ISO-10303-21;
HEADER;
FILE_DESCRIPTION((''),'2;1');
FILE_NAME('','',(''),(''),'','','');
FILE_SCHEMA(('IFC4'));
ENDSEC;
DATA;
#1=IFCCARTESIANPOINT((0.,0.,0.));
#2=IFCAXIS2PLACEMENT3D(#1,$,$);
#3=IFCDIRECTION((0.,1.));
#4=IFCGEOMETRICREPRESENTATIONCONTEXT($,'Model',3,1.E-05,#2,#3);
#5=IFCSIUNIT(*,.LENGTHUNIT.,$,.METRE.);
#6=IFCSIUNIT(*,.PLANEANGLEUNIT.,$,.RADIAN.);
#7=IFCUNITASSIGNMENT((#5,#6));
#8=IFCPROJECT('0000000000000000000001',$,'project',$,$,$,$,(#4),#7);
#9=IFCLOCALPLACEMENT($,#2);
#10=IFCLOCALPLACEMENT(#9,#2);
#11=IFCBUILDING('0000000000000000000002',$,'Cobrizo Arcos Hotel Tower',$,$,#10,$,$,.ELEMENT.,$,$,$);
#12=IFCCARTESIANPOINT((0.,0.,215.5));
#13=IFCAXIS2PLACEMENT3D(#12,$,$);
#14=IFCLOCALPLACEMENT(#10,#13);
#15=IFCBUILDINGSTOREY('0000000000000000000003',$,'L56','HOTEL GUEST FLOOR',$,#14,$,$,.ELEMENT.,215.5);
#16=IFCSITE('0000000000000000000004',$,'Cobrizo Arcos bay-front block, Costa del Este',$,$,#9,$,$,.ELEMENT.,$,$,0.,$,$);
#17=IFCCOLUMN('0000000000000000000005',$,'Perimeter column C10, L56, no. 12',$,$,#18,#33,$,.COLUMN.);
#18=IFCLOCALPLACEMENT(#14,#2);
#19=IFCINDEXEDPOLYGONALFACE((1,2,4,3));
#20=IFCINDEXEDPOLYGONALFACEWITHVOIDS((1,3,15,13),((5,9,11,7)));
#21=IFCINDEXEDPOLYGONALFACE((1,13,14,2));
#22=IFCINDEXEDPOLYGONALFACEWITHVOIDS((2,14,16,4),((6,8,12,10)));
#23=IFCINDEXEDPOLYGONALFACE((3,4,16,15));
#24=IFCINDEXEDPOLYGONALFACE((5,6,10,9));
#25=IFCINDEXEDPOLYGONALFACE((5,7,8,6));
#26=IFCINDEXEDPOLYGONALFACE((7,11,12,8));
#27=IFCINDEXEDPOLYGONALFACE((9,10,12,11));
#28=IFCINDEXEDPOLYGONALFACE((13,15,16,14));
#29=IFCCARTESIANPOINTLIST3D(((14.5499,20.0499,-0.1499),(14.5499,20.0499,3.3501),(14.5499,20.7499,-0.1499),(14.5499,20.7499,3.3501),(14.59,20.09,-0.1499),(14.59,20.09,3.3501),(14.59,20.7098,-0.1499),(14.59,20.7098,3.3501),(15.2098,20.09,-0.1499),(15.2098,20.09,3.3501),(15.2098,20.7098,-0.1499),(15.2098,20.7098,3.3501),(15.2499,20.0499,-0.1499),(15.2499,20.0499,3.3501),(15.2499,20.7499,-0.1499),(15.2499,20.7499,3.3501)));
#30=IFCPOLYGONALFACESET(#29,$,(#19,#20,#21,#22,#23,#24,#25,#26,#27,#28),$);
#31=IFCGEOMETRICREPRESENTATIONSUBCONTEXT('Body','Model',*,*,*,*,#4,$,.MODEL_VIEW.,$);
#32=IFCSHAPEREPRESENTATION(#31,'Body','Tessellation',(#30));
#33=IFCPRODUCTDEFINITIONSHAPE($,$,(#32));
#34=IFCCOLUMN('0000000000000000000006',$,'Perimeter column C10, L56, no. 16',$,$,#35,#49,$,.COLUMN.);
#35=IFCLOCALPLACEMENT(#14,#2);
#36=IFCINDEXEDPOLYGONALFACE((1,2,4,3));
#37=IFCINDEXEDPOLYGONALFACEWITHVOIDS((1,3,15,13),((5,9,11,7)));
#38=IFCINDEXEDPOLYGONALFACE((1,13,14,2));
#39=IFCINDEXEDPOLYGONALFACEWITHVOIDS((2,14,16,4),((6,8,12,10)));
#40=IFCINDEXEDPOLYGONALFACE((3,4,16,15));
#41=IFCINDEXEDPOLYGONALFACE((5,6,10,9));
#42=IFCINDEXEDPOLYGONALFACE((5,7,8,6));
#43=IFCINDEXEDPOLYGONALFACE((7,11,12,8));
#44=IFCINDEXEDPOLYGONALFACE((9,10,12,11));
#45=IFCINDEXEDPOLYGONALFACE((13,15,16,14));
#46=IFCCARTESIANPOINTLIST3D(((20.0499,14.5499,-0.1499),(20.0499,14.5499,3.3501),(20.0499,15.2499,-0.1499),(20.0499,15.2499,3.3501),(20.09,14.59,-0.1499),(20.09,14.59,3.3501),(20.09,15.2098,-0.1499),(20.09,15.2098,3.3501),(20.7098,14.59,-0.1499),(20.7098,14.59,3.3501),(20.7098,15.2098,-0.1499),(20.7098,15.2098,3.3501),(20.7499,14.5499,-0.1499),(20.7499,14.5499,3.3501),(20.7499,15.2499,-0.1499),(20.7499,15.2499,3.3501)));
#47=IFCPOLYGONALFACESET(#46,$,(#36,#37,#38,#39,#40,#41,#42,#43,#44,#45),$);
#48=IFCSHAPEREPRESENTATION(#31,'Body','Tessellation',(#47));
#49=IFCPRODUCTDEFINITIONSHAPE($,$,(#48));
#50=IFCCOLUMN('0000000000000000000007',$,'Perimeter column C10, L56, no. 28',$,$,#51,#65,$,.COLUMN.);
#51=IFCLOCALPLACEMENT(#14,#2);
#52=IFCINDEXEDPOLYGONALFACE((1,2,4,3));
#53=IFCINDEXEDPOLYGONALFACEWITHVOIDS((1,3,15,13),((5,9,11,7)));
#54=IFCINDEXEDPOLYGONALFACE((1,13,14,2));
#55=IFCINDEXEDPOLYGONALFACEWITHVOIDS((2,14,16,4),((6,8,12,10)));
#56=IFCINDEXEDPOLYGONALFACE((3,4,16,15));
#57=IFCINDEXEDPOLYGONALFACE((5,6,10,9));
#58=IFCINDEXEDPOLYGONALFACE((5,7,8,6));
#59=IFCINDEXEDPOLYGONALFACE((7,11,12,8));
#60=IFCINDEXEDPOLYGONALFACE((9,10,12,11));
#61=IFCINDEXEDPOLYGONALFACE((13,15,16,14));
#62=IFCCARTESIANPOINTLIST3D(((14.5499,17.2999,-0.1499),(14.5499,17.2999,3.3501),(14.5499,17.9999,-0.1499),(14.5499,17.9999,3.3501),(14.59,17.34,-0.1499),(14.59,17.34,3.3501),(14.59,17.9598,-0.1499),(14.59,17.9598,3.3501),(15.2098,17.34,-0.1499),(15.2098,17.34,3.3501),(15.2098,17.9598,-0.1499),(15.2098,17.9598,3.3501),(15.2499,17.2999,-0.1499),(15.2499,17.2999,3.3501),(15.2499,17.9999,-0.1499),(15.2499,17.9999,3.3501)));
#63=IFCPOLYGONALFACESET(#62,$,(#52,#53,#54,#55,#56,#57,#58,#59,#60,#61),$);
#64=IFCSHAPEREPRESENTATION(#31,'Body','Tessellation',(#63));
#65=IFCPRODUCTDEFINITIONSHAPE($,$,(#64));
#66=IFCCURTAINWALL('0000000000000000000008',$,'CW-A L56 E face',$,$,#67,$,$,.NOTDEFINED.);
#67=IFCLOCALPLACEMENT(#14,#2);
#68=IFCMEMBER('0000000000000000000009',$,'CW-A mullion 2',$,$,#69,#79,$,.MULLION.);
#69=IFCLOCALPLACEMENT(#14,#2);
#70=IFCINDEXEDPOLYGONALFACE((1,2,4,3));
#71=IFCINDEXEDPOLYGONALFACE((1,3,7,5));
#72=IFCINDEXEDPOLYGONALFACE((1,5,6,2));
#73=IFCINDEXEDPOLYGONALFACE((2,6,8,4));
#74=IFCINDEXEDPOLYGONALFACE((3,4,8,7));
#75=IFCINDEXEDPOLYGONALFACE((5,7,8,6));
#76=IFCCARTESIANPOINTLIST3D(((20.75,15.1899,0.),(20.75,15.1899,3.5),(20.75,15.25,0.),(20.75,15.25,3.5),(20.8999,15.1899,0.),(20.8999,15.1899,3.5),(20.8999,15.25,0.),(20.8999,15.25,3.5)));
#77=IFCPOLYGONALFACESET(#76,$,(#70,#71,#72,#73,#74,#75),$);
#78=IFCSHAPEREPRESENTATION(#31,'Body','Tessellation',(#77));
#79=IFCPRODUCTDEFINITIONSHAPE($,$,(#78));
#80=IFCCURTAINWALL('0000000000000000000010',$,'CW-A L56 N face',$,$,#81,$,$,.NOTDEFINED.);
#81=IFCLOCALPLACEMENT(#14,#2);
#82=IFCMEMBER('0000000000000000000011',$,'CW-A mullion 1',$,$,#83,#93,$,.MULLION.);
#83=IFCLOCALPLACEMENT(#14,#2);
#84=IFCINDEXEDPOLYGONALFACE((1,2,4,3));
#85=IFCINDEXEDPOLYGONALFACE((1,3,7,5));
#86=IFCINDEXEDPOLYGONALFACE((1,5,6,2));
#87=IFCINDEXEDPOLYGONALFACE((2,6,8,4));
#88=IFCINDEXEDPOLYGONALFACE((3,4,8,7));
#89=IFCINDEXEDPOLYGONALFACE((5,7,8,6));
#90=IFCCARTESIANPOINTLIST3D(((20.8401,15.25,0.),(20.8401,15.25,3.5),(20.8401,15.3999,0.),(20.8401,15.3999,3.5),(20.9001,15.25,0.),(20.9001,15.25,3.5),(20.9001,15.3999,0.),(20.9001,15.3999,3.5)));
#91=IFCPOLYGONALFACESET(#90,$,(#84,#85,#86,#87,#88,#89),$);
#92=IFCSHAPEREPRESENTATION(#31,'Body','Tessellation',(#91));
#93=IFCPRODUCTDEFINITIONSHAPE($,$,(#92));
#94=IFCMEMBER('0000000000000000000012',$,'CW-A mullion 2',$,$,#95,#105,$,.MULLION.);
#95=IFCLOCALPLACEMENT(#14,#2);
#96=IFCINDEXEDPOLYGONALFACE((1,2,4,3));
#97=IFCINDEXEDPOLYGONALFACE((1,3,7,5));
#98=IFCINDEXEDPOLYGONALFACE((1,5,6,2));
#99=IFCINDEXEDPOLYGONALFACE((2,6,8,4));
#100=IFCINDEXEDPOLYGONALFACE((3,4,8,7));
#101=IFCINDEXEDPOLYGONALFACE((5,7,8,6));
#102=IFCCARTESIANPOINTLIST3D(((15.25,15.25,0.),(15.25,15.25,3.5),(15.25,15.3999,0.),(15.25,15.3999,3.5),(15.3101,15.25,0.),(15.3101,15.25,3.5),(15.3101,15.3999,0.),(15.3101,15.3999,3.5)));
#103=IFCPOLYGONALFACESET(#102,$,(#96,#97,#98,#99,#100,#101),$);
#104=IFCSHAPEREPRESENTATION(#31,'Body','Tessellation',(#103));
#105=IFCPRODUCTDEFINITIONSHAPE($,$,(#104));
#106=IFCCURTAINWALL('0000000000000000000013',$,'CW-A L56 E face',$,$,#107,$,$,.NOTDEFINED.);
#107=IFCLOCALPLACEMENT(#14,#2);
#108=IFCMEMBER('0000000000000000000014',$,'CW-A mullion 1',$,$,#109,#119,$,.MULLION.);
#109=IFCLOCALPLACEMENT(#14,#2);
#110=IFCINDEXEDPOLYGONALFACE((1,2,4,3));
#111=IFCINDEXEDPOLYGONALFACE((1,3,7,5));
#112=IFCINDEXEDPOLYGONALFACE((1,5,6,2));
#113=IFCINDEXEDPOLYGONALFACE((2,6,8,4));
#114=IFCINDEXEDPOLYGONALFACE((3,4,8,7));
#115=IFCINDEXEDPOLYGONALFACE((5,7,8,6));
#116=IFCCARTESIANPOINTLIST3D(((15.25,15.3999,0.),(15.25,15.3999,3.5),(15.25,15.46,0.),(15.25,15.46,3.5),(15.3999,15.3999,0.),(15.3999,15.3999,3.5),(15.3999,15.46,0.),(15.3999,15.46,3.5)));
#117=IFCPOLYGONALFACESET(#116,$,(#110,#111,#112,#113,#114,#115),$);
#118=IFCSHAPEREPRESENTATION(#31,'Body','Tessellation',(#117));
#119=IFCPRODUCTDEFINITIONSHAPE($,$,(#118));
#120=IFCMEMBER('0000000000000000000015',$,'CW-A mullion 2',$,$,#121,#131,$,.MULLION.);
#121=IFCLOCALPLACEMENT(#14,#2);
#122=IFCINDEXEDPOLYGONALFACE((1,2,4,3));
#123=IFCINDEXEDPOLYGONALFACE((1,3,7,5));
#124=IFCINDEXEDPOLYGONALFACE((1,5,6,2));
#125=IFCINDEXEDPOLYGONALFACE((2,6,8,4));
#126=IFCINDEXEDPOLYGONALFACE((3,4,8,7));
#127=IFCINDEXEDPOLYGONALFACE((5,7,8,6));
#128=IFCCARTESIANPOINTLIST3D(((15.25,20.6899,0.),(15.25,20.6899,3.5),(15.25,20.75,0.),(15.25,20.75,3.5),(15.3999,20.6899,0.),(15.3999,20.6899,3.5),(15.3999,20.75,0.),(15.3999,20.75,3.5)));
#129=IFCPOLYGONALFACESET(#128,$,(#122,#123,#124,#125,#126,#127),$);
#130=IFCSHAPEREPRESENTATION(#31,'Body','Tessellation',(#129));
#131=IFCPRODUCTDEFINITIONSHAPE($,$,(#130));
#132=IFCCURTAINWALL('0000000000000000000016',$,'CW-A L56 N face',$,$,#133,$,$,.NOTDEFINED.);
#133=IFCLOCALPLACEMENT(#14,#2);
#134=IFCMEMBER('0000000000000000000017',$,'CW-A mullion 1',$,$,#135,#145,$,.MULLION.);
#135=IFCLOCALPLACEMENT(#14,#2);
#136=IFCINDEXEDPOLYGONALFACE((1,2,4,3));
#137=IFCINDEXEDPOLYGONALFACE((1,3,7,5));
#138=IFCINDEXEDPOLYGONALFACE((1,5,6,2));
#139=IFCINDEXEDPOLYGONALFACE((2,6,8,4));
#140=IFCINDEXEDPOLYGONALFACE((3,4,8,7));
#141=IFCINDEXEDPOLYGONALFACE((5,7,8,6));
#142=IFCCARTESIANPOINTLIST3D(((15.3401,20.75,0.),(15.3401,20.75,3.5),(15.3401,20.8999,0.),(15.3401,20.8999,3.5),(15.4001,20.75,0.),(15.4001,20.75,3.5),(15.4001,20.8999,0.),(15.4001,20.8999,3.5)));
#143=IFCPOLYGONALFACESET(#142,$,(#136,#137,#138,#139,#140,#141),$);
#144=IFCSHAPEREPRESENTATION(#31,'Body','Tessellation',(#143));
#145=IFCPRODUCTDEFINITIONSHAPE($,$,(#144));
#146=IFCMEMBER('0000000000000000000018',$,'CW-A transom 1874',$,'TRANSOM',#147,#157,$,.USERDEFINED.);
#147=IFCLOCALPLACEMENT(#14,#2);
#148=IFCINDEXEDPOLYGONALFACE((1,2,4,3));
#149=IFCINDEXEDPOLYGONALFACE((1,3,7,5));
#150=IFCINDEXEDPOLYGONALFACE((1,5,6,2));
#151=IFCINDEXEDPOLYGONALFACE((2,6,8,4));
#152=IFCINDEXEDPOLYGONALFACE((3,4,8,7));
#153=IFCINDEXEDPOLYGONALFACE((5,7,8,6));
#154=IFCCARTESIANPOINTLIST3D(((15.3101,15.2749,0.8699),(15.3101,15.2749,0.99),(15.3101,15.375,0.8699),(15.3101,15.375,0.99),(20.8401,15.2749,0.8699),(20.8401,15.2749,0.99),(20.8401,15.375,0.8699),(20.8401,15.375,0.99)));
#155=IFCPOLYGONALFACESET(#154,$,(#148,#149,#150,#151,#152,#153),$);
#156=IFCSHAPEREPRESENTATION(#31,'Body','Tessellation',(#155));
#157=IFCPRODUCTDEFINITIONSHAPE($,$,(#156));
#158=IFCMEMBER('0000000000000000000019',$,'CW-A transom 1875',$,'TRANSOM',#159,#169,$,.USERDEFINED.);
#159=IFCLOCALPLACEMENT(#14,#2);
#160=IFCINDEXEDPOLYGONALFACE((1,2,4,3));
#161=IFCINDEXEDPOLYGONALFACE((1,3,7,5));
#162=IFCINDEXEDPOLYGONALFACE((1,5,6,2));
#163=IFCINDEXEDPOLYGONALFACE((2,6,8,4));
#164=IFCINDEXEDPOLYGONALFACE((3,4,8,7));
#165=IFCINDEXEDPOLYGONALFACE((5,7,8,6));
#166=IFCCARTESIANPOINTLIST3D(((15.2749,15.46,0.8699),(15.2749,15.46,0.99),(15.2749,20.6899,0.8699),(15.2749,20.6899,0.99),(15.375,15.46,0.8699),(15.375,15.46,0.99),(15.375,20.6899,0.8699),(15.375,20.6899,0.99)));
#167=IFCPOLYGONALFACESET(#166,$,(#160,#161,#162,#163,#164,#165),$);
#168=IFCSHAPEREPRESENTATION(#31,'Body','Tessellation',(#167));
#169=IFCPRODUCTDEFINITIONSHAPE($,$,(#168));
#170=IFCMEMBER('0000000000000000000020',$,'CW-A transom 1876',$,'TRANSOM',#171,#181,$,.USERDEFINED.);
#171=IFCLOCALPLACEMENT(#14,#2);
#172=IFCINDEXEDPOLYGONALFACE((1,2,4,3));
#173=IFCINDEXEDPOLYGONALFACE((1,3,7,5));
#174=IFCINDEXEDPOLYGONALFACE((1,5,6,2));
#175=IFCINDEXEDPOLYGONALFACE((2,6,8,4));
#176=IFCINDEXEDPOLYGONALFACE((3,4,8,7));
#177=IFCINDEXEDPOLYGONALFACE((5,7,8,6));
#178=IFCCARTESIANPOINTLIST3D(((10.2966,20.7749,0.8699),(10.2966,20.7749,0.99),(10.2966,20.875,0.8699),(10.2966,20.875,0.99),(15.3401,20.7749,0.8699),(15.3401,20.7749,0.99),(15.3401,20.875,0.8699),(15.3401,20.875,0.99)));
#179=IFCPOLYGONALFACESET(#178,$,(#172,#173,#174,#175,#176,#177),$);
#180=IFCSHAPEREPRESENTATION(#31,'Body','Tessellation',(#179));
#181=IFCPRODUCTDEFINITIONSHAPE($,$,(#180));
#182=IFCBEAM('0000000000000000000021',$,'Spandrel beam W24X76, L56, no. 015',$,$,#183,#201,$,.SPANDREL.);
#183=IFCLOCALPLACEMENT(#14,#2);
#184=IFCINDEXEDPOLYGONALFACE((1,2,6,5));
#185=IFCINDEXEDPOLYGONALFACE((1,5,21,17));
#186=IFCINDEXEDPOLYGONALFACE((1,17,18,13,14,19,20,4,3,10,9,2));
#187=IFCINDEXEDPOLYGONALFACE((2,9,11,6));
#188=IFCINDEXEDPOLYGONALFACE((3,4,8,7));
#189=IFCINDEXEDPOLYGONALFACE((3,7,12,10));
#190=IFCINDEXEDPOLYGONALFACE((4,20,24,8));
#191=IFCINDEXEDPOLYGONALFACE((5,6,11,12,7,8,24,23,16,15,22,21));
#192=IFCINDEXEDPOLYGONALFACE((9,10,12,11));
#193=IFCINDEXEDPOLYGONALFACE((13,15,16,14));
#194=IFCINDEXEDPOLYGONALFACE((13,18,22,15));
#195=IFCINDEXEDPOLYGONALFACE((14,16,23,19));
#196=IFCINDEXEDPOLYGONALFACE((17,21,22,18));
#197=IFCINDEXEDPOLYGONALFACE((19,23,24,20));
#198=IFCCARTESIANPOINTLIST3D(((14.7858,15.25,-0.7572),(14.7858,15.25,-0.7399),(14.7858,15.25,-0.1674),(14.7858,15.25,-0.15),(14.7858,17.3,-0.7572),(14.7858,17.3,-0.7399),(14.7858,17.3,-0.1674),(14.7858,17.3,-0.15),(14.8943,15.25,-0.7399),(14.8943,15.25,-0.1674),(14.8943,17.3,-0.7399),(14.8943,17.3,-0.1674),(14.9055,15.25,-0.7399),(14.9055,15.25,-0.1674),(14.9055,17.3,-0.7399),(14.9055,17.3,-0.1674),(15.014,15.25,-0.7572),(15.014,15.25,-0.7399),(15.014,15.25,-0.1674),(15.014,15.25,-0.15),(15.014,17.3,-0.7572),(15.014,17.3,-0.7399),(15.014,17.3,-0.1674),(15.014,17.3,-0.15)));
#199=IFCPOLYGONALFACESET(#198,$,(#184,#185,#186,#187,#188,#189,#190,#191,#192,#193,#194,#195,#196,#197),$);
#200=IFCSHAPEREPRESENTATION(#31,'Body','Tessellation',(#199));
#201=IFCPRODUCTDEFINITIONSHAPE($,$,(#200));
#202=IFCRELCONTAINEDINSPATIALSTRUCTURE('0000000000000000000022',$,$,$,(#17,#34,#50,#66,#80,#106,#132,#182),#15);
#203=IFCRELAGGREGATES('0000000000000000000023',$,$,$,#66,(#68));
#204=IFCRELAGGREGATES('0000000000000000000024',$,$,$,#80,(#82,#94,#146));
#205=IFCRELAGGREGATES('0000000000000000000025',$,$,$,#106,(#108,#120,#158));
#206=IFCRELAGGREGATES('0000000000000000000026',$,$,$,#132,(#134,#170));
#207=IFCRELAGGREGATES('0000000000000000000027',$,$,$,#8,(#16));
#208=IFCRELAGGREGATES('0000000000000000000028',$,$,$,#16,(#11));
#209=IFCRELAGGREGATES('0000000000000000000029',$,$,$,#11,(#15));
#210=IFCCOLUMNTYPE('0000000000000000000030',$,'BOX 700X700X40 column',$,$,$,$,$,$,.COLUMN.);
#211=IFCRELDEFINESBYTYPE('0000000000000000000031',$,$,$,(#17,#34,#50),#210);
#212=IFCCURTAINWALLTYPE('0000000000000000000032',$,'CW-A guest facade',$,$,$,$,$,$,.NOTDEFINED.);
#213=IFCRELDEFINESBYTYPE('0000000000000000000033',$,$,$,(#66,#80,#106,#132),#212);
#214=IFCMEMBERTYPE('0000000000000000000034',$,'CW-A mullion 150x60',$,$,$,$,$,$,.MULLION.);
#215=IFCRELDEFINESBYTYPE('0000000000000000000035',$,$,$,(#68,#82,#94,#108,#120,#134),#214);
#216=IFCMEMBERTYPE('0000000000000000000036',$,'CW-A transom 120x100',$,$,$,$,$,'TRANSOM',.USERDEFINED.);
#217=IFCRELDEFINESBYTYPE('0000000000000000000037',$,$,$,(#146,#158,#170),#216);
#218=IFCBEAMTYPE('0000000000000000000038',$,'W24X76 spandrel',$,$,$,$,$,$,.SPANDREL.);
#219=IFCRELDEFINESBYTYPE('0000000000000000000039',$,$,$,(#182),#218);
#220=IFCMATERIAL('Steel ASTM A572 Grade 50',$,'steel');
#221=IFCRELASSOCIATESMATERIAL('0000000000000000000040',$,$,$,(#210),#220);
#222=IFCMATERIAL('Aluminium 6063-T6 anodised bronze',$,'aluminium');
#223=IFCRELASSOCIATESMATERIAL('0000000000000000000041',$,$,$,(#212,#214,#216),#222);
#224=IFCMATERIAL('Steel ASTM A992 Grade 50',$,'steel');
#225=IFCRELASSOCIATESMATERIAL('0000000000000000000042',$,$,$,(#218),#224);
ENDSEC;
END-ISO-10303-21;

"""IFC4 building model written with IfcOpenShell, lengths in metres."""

from ifc_helpers import new_model, si_unit, direction, frame, origin, origin_2d, place, context, subcontext, project, spatial, rectangle, hollow_rectangle, i_section, extrude, material, material_profile, profile_set, type_object, element, aggregate, save


model = new_model("IFC4")

# Units and contexts
model_context = context("Model", 3, precision=1e-05, world=origin(), true_north=direction((0.0, 1.0)))
body_context = subcontext(model_context, "Body", "Model", "MODEL_VIEW")
ifc_project = project(units=[si_unit("LENGTHUNIT", "METRE"), si_unit("PLANEANGLEUNIT", "RADIAN")], contexts=[model_context])

# Site, building, storey
site_placement = place(None, origin())
site = spatial("IfcSite", under=ifc_project, at=site_placement, Name="Cobrizo Arcos bay-front block, Costa del Este", CompositionType="ELEMENT", RefElevation=0.0)
building_placement = place(site_placement, origin())
building = spatial("IfcBuilding", under=site, at=building_placement, Name="Cobrizo Arcos Hotel Tower", CompositionType="ELEMENT")
storey_placement = place(building_placement, frame((0.0, 0.0, 215.5)))
storey = spatial("IfcBuildingStorey", under=building, at=storey_placement, Name="L56", Description="HOTEL GUEST FLOOR", CompositionType="ELEMENT", Elevation=215.5)

# Columns
ifc_material_1 = material(Name="Steel ASTM A572 Grade 50", Category="steel")
ifc_material_profile_1 = material_profile(ifc_material_1, hollow_rectangle(XDim=0.7, YDim=0.7, WallThickness=0.04, at=origin_2d()), Name="BOX 700X700X40")
ifc_profile_set_1 = profile_set([ifc_material_profile_1], Name="Steel ASTM A572 Grade 50")
column_type = type_object("IfcColumnType", Name="BOX 700X700X40 column", PredefinedType="COLUMN", material=ifc_profile_set_1)
for number, where, z_axis, x_axis, name in (
    (1, (14.8999, 20.3999, -0.1499), (0.0, 0.0, 1.0), (1.0, 0.0, 0.0), "Perimeter column C10, L56, no. 12"),
    (2, (20.3999, 14.8999, -0.1499), (0.0, 0.0, 1.0), (1.0, 0.0, 0.0), "Perimeter column C10, L56, no. 16"),
    (3, (14.8999, 17.6499, -0.1499), (0.0, 0.0, 1.0), (1.0, 0.0, 0.0), "Perimeter column C10, L56, no. 28"),
):
    element("IfcColumn", number, at=place(storey_placement, frame(where, z_axis=z_axis, x_axis=x_axis)), inside=storey, type_object=column_type, Name=name, PredefinedType="COLUMN", context=body_context, shape_type="SweptSolid", body=[
        extrude(hollow_rectangle(XDim=0.7, YDim=0.7, WallThickness=0.04, at=origin_2d()), origin(), (0.0, 0.0, 1.0), 3.5),
    ])

# Curtain wall, member
ifc_material_2 = material(Name="Aluminium 6063-T6 anodised bronze", Category="aluminium")
curtain_wall_type = type_object("IfcCurtainWallType", Name="CW-A guest facade", PredefinedType="NOTDEFINED", material=ifc_material_2)
curtain_wall_1_placement = place(storey_placement, origin())
curtain_wall_1 = element("IfcCurtainWall", 4, at=curtain_wall_1_placement, inside=storey, type_object=curtain_wall_type, Name="CW-A L56 E face", PredefinedType="NOTDEFINED")
ifc_material_profile_2 = material_profile(ifc_material_2, rectangle(XDim=0.1499, YDim=0.0601, at=origin_2d()), Name="CW-A mullion 150x60")
ifc_profile_set_2 = profile_set([ifc_material_profile_2], Name="Aluminium 6063-T6 anodised bronze")
member_type_1 = type_object("IfcMemberType", Name="CW-A mullion 150x60", PredefinedType="MULLION", material=ifc_profile_set_2)
member_1_placement = place(storey_placement, frame((20.825, 15.22, 0.0), z_axis=(0.0, 0.0, 1.0), x_axis=(1.0, 0.0, 0.0)))
member_1 = element("IfcMember", 5, at=member_1_placement, type_object=member_type_1, Name="CW-A mullion 2", PredefinedType="MULLION", context=body_context, shape_type="SweptSolid", body=[
    extrude(rectangle(XDim=0.1499, YDim=0.0601, at=origin_2d()), origin(), (0.0, 0.0, 1.0), 3.5),
])
aggregate(curtain_wall_1, [member_1])

# Curtain walls, members
curtain_wall_2_placement = place(storey_placement, origin())
curtain_wall_2 = element("IfcCurtainWall", 6, at=curtain_wall_2_placement, inside=storey, type_object=curtain_wall_type, Name="CW-A L56 N face", PredefinedType="NOTDEFINED")
member_2_placement = place(storey_placement, frame((20.8701, 15.325, 0.0), z_axis=(0.0, 0.0, 1.0), x_axis=(0.0, 1.0, 0.0)))
member_2 = element("IfcMember", 7, at=member_2_placement, type_object=member_type_1, Name="CW-A mullion 1", PredefinedType="MULLION", context=body_context, shape_type="SweptSolid", body=[
    extrude(rectangle(XDim=0.1499, YDim=0.0601, at=origin_2d()), origin(), (0.0, 0.0, 1.0), 3.5),
])
member_3_placement = place(storey_placement, frame((15.28, 15.325, 0.0), z_axis=(0.0, 0.0, 1.0), x_axis=(0.0, 1.0, 0.0)))
member_3 = element("IfcMember", 8, at=member_3_placement, type_object=member_type_1, Name="CW-A mullion 2", PredefinedType="MULLION", context=body_context, shape_type="SweptSolid", body=[
    extrude(rectangle(XDim=0.1499, YDim=0.0601, at=origin_2d()), origin(), (0.0, 0.0, 1.0), 3.5),
])
curtain_wall_3_placement = place(storey_placement, origin())
curtain_wall_3 = element("IfcCurtainWall", 9, at=curtain_wall_3_placement, inside=storey, type_object=curtain_wall_type, Name="CW-A L56 E face", PredefinedType="NOTDEFINED")
member_4_placement = place(storey_placement, frame((15.325, 15.4299, 0.0), z_axis=(0.0, 0.0, 1.0), x_axis=(1.0, 0.0, 0.0)))
member_4 = element("IfcMember", 10, at=member_4_placement, type_object=member_type_1, Name="CW-A mullion 1", PredefinedType="MULLION", context=body_context, shape_type="SweptSolid", body=[
    extrude(rectangle(XDim=0.1499, YDim=0.0601, at=origin_2d()), origin(), (0.0, 0.0, 1.0), 3.5),
])
member_5_placement = place(storey_placement, frame((15.325, 20.72, 0.0), z_axis=(0.0, 0.0, 1.0), x_axis=(1.0, 0.0, 0.0)))
member_5 = element("IfcMember", 11, at=member_5_placement, type_object=member_type_1, Name="CW-A mullion 2", PredefinedType="MULLION", context=body_context, shape_type="SweptSolid", body=[
    extrude(rectangle(XDim=0.1499, YDim=0.0601, at=origin_2d()), origin(), (0.0, 0.0, 1.0), 3.5),
])

# Curtain wall, member
curtain_wall_4_placement = place(storey_placement, origin())
curtain_wall_4 = element("IfcCurtainWall", 12, at=curtain_wall_4_placement, inside=storey, type_object=curtain_wall_type, Name="CW-A L56 N face", PredefinedType="NOTDEFINED")
member_6_placement = place(storey_placement, frame((15.3701, 20.825, 0.0), z_axis=(0.0, 0.0, 1.0), x_axis=(0.0, 1.0, 0.0)))
member_6 = element("IfcMember", 13, at=member_6_placement, type_object=member_type_1, Name="CW-A mullion 1", PredefinedType="MULLION", context=body_context, shape_type="SweptSolid", body=[
    extrude(rectangle(XDim=0.1499, YDim=0.0601, at=origin_2d()), origin(), (0.0, 0.0, 1.0), 3.5),
])

# Members
ifc_material_profile_3 = material_profile(ifc_material_2, rectangle(XDim=0.1001, YDim=0.1201, at=origin_2d()), Name="CW-A transom 120x100")
ifc_profile_set_3 = profile_set([ifc_material_profile_3], Name="Aluminium 6063-T6 anodised bronze")
member_type_2 = type_object("IfcMemberType", Name="CW-A transom 120x100", ElementType="TRANSOM", PredefinedType="USERDEFINED", material=ifc_profile_set_3)
member_7_placement = place(storey_placement, frame((20.8401, 15.325, 0.9299), z_axis=(-1.0, 0.0, 0.0), x_axis=(0.0, -1.0, 0.0)))
member_7 = element("IfcMember", 14, at=member_7_placement, type_object=member_type_2, Name="CW-A transom 1874", ObjectType="TRANSOM", PredefinedType="USERDEFINED", context=body_context, shape_type="SweptSolid", body=[
    extrude(rectangle(XDim=0.1001, YDim=0.1201, at=origin_2d()), origin(), (0.0, 0.0, 1.0), 5.53),
])
member_8_placement = place(storey_placement, frame((15.325, 15.46, 0.9299), z_axis=(0.0, 1.0, 0.0), x_axis=(-1.0, 0.0, 0.0)))
member_8 = element("IfcMember", 15, at=member_8_placement, type_object=member_type_2, Name="CW-A transom 1875", ObjectType="TRANSOM", PredefinedType="USERDEFINED", context=body_context, shape_type="SweptSolid", body=[
    extrude(rectangle(XDim=0.1001, YDim=0.1201, at=origin_2d()), origin(), (0.0, 0.0, 1.0), 5.23),
])
member_9_placement = place(storey_placement, frame((15.3401, 20.825, 0.9299), z_axis=(-1.0, 0.0, 0.0), x_axis=(0.0, -1.0, 0.0)))
member_9 = element("IfcMember", 16, at=member_9_placement, type_object=member_type_2, Name="CW-A transom 1876", ObjectType="TRANSOM", PredefinedType="USERDEFINED", context=body_context, shape_type="SweptSolid", body=[
    extrude(rectangle(XDim=0.1001, YDim=0.1201, at=origin_2d()), origin(), (0.0, 0.0, 1.0), 5.0435),
])

# Beam
ifc_material_3 = material(Name="Steel ASTM A992 Grade 50", Category="steel")
ifc_material_profile_4 = material_profile(ifc_material_3, i_section(OverallWidth=0.2283, OverallDepth=0.6072, WebThickness=0.0112, FlangeThickness=0.0173, at=origin_2d()), Name="W24X76")
ifc_profile_set_4 = profile_set([ifc_material_profile_4], Name="Steel ASTM A992 Grade 50")
beam_type = type_object("IfcBeamType", Name="W24X76 spandrel", PredefinedType="SPANDREL", material=ifc_profile_set_4)
for number, where, z_axis, x_axis, name in (
    (17, (14.8999, 15.25, -0.4536), (0.0, 1.0, 0.0), (-1.0, 0.0, 0.0), "Spandrel beam W24X76, L56, no. 015"),
):
    element("IfcBeam", number, at=place(storey_placement, frame(where, z_axis=z_axis, x_axis=x_axis)), inside=storey, type_object=beam_type, Name=name, PredefinedType="SPANDREL", context=body_context, shape_type="SweptSolid", body=[
        extrude(i_section(OverallWidth=0.2283, OverallDepth=0.6072, WebThickness=0.0112, FlangeThickness=0.0173, at=origin_2d()), origin(), (0.0, 0.0, 1.0), 2.05),
    ])

aggregate(curtain_wall_2, [member_2, member_3, member_7])
aggregate(curtain_wall_3, [member_4, member_5, member_8])
aggregate(curtain_wall_4, [member_6, member_9])

save(model, "model.ifc")
